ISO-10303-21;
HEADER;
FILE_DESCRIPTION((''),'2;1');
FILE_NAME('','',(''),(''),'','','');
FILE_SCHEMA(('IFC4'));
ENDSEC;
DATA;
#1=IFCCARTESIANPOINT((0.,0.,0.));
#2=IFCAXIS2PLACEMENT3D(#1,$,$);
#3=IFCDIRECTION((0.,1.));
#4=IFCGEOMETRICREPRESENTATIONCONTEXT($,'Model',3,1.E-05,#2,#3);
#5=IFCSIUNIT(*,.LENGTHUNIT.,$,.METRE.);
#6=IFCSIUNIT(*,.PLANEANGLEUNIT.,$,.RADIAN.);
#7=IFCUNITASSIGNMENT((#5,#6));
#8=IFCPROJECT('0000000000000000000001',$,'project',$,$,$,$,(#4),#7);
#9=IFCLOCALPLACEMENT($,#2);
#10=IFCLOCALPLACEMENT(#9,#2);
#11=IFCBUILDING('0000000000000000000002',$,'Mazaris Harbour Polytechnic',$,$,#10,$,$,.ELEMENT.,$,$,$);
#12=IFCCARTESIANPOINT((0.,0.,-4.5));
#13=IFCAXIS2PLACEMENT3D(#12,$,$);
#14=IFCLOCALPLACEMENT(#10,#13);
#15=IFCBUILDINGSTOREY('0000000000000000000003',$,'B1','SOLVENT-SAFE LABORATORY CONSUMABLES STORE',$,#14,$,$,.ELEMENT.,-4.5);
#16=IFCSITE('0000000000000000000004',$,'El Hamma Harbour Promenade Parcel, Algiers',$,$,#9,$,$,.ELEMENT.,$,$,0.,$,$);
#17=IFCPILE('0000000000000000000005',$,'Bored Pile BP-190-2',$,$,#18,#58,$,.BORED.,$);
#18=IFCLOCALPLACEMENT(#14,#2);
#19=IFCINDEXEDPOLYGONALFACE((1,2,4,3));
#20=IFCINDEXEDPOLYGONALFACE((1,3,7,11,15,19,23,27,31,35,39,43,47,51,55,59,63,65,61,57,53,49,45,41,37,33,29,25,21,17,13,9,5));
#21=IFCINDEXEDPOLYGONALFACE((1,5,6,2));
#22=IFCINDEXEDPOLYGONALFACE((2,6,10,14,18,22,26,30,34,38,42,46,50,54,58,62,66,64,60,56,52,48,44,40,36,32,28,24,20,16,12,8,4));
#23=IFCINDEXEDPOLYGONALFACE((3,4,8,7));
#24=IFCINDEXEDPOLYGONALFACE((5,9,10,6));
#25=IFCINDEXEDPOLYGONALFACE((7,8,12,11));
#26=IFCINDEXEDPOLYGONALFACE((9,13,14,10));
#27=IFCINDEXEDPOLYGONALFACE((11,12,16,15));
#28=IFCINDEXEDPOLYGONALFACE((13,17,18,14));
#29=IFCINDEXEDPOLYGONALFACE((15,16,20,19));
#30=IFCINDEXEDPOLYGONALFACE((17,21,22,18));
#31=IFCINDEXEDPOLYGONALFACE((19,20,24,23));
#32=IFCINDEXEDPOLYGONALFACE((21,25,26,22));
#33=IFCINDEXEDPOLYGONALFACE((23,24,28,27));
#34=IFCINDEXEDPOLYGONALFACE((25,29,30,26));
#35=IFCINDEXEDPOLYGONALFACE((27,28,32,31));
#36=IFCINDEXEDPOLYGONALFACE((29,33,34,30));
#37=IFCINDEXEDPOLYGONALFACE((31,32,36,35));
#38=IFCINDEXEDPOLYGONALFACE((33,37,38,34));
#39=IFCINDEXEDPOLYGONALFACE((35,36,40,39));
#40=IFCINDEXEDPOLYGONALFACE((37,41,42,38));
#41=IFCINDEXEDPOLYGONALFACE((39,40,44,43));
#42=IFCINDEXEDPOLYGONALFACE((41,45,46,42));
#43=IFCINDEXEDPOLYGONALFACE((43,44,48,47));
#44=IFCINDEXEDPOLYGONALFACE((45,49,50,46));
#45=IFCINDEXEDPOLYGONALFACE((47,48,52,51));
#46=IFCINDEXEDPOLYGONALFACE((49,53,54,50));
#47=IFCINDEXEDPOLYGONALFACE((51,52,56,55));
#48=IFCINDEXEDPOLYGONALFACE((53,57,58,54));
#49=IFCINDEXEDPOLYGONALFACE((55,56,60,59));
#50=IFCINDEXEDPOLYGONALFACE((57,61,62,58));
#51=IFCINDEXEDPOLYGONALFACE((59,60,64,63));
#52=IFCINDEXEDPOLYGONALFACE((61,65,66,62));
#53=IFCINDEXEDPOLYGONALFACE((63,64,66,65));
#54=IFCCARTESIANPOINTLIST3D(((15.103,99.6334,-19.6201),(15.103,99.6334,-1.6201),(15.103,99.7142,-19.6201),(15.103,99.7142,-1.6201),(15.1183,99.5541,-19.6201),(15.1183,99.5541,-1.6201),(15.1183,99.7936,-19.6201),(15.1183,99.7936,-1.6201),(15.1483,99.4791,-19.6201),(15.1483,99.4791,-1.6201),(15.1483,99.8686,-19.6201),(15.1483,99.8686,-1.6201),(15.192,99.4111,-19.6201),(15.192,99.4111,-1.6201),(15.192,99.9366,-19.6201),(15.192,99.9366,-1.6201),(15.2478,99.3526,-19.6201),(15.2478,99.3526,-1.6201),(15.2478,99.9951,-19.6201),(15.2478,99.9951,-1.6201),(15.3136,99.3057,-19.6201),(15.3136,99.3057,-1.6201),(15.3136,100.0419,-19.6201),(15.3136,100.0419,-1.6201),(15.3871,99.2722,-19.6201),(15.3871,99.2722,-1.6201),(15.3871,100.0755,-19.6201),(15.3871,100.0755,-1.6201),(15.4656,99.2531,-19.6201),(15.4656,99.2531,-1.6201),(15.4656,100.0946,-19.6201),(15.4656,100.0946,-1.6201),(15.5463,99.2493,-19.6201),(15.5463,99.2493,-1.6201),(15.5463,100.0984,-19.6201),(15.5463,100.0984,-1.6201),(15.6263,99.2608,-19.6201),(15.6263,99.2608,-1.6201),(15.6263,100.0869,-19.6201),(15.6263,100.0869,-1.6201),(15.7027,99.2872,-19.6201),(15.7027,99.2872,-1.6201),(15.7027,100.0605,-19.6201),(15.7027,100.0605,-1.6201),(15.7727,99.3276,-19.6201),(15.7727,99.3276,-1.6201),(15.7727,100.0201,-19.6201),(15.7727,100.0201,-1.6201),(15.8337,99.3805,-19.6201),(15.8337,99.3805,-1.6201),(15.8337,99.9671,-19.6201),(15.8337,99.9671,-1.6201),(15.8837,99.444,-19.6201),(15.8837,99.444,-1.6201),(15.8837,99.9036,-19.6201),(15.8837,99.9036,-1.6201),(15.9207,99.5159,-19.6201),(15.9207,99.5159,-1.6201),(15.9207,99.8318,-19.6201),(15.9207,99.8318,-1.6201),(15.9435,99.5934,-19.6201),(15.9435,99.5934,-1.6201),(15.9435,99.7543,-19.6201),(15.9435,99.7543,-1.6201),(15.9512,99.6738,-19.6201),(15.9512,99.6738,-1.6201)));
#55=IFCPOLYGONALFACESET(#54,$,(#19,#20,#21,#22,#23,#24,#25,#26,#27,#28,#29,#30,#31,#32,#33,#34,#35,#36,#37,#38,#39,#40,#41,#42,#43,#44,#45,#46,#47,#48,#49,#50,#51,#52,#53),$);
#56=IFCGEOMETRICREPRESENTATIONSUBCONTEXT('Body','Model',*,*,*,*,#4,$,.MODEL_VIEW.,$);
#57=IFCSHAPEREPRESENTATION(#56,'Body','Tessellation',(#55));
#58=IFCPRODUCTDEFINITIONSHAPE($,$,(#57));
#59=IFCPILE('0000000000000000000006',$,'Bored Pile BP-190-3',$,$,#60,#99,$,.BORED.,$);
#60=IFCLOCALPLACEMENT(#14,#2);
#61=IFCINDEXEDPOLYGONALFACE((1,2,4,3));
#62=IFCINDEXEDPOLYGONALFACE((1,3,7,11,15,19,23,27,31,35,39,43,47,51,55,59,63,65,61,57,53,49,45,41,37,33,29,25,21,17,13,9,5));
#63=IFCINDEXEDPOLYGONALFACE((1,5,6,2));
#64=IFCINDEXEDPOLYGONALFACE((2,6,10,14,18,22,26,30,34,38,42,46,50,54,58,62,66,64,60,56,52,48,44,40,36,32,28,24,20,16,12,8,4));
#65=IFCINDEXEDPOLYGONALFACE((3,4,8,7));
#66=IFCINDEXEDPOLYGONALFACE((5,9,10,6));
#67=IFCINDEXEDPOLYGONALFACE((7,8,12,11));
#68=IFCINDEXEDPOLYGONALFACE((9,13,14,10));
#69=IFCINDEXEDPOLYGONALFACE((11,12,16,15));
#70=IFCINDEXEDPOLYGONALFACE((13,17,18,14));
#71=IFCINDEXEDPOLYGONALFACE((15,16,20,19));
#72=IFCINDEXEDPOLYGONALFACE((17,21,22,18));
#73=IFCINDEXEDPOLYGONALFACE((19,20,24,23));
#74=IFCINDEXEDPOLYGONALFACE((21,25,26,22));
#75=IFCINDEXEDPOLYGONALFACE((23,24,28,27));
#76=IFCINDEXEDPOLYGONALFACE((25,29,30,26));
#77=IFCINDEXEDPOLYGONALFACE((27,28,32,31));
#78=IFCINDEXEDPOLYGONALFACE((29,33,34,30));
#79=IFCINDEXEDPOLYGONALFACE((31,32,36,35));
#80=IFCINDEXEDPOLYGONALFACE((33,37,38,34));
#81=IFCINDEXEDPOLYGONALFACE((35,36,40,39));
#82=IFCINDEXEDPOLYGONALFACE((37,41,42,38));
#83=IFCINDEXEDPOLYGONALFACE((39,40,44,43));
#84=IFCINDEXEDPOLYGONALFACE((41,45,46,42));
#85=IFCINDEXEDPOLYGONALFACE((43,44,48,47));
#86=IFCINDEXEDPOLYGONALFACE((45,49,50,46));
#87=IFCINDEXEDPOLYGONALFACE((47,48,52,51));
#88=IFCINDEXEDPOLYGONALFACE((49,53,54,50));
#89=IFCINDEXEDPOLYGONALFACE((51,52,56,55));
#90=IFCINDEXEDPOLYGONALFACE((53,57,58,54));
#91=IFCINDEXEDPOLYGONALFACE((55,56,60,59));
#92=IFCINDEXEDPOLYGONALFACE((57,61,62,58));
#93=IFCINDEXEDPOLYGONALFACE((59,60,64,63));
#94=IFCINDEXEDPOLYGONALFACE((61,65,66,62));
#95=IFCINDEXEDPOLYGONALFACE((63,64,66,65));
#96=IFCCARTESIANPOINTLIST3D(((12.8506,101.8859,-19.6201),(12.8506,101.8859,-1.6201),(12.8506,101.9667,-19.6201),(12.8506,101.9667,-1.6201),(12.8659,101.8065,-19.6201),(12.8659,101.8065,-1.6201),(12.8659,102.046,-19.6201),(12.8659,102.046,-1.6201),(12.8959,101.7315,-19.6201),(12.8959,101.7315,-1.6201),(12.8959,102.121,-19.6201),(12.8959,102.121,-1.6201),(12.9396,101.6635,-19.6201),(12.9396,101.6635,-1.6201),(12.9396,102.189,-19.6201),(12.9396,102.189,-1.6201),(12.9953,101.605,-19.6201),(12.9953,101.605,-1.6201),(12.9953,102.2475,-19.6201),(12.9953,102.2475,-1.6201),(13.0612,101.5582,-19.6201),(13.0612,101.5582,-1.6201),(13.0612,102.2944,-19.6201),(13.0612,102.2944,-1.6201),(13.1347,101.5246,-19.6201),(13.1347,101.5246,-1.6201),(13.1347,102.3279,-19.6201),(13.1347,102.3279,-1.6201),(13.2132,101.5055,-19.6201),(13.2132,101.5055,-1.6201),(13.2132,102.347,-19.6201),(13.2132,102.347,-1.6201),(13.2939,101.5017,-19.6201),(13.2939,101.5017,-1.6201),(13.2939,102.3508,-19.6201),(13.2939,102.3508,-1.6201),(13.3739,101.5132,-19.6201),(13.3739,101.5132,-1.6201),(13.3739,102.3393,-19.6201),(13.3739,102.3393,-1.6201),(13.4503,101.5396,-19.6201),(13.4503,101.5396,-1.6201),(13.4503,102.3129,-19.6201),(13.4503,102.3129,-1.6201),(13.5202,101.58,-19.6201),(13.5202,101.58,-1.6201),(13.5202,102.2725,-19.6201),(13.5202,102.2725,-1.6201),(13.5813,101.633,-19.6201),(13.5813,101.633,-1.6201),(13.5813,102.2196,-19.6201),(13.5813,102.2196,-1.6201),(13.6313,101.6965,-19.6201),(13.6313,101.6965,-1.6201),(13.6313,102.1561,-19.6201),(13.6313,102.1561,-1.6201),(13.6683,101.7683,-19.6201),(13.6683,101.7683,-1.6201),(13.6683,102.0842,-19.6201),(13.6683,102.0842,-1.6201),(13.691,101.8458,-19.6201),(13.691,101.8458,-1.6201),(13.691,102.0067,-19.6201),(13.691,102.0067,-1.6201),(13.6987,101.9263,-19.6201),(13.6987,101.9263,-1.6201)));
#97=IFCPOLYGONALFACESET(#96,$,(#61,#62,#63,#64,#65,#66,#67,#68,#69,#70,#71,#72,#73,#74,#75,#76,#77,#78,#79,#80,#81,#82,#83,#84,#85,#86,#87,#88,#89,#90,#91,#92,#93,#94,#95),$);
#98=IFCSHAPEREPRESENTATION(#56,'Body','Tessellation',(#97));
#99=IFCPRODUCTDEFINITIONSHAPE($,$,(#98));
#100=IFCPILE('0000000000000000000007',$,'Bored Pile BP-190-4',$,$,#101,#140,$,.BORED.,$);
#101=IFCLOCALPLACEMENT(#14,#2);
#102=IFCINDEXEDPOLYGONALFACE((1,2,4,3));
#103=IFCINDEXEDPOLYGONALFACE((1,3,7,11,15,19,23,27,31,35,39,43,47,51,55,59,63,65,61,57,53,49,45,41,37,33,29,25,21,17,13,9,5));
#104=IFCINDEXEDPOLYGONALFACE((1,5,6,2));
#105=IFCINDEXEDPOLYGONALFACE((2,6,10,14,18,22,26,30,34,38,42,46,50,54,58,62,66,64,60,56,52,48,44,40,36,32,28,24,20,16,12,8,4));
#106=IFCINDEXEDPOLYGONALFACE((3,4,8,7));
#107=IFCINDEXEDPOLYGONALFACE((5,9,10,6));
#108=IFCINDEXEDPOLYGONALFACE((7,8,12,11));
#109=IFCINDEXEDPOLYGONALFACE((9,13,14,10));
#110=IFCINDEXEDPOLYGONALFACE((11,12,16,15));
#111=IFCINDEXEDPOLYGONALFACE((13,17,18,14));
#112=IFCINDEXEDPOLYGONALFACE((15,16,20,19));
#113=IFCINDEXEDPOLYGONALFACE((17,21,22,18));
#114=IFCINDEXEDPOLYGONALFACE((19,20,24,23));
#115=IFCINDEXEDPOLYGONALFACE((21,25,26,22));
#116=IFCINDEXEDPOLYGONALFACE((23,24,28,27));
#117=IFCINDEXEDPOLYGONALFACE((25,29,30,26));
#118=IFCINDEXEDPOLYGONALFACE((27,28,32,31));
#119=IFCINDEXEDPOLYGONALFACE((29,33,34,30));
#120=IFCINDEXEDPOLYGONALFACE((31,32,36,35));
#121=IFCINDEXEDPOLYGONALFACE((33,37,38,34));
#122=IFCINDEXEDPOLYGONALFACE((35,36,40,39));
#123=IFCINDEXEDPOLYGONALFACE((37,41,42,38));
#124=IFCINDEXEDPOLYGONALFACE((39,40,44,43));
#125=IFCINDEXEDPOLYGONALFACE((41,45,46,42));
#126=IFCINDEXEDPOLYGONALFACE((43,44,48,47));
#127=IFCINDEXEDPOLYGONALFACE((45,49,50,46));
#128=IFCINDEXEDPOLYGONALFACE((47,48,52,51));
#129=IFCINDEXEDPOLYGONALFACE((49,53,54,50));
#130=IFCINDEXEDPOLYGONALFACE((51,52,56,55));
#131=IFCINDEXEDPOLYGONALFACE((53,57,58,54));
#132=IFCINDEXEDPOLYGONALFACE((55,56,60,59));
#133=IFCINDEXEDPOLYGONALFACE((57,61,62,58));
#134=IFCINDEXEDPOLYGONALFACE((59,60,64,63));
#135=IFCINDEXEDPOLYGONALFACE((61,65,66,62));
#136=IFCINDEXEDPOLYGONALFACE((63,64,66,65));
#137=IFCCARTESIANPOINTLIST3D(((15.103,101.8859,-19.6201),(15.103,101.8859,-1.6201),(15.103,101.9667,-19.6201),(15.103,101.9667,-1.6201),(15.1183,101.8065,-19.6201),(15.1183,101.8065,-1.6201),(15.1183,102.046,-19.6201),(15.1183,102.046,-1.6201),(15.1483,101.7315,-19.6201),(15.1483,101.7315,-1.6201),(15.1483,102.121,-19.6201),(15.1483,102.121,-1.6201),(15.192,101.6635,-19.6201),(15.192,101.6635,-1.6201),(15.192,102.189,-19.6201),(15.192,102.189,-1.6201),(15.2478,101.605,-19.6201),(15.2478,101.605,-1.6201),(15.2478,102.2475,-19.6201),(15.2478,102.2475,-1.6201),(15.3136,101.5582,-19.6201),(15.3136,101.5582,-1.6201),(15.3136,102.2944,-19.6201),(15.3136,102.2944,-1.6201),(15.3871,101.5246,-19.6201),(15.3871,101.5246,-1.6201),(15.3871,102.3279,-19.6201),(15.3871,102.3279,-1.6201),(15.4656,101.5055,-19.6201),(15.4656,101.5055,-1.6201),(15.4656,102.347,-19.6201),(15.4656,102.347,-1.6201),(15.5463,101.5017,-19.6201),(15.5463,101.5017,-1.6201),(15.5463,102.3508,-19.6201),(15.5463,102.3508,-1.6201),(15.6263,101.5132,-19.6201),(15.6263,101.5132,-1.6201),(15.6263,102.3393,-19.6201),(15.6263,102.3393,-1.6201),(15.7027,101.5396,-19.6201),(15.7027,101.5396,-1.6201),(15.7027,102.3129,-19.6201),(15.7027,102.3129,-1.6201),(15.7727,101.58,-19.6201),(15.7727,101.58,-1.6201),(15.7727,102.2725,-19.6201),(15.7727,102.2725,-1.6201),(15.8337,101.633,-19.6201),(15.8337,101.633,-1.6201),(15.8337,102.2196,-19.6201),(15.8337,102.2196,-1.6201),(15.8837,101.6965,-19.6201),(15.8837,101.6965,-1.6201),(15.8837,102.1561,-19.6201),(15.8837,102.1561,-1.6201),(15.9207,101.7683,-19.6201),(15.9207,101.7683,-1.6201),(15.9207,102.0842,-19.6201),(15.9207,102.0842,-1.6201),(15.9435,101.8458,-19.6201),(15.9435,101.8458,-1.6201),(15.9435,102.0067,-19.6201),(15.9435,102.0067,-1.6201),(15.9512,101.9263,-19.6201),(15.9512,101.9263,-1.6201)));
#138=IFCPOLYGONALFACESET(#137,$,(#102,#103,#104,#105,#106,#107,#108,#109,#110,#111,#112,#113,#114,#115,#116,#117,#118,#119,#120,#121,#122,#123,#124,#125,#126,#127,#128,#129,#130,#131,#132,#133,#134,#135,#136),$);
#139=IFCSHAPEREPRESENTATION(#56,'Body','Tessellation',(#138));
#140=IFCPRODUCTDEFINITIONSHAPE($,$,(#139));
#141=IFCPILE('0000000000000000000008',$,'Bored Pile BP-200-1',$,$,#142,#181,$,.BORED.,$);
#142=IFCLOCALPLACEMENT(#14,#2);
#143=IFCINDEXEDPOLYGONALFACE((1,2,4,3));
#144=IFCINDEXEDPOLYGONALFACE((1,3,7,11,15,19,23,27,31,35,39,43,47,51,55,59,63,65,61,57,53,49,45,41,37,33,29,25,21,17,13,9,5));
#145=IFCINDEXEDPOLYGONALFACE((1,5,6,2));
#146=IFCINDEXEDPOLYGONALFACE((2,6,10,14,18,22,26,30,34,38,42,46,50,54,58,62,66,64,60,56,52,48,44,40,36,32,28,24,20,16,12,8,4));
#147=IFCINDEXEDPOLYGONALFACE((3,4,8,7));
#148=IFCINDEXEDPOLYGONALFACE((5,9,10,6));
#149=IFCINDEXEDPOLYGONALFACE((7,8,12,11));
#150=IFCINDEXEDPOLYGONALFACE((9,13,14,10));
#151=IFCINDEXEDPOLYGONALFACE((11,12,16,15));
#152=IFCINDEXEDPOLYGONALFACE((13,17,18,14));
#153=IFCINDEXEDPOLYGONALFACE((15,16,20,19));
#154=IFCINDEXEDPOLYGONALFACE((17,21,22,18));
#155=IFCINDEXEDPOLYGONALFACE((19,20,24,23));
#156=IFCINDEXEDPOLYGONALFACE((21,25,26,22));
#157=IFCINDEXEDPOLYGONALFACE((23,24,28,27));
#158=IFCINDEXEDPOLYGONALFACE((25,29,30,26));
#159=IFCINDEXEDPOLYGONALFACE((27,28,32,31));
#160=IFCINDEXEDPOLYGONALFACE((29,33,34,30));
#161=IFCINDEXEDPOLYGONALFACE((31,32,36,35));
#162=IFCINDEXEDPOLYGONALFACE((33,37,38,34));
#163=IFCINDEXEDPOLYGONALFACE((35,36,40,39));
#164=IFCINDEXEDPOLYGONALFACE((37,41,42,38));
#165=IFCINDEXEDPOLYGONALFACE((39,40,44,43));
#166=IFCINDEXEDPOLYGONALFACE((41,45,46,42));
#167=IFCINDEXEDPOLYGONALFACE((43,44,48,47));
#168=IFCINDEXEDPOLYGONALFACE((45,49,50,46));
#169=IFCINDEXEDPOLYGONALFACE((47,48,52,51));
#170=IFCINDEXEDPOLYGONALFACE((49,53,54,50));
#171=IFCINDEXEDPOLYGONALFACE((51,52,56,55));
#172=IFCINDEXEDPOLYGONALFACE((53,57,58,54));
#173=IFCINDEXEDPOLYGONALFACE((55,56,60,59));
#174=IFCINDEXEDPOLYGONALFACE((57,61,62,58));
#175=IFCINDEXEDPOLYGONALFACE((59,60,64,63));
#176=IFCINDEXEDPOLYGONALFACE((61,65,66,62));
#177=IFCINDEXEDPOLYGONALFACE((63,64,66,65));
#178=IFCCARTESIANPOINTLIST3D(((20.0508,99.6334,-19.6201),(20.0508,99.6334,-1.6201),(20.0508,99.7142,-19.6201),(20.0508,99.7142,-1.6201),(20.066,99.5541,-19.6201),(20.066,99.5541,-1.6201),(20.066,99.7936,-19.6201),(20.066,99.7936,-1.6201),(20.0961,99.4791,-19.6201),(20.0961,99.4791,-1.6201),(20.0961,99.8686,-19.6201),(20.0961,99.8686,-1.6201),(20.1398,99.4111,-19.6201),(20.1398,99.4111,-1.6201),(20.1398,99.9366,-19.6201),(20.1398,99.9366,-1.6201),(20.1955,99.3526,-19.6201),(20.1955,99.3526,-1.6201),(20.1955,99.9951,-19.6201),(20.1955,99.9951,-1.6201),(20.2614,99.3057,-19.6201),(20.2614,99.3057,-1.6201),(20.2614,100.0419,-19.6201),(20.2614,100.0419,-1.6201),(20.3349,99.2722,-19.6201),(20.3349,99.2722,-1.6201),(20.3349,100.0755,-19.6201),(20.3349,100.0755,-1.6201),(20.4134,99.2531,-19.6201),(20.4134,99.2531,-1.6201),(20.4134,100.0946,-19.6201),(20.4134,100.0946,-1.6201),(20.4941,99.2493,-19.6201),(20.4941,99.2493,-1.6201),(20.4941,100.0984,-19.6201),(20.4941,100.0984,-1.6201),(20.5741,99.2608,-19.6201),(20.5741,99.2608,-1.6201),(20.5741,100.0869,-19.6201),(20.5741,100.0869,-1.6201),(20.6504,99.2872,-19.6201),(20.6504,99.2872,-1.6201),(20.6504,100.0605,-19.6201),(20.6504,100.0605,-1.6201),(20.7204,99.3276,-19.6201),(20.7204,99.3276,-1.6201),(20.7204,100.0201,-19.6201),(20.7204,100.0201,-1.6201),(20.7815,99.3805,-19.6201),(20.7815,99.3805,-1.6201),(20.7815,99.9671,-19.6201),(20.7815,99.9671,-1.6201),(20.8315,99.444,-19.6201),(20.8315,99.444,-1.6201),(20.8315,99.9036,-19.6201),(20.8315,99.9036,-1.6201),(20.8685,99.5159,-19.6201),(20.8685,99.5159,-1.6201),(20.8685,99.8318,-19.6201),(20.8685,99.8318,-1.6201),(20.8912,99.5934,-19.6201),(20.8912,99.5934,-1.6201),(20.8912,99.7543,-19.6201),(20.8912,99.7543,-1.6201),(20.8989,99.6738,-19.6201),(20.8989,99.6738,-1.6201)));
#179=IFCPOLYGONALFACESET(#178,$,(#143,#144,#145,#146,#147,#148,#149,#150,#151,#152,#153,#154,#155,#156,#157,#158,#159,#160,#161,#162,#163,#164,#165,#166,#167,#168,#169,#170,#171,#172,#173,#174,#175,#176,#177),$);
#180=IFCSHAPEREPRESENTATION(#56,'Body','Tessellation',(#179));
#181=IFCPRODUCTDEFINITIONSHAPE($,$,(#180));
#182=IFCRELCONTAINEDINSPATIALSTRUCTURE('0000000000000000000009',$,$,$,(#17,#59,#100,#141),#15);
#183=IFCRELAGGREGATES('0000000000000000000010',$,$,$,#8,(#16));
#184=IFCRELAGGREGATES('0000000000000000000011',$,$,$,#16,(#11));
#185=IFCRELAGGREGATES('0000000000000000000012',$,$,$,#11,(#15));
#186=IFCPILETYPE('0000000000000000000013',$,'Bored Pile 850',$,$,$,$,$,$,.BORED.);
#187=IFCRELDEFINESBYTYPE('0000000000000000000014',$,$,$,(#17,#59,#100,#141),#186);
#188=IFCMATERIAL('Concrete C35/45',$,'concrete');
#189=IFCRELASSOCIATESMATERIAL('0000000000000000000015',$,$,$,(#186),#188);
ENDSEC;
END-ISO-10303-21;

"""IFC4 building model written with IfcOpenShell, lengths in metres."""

from ifc_helpers import new_model, si_unit, direction, frame, origin, origin_2d, place, context, subcontext, project, spatial, circle, extrude, material, material_profile, profile_set, type_object, element, save


model = new_model("IFC4")

# Units and contexts
model_context = context("Model", 3, precision=1e-05, world=origin(), true_north=direction((0.0, 1.0)))
body_context = subcontext(model_context, "Body", "Model", "MODEL_VIEW")
ifc_project = project(units=[si_unit("LENGTHUNIT", "METRE"), si_unit("PLANEANGLEUNIT", "RADIAN")], contexts=[model_context])

# Site, building, storey
site_placement = place(None, origin())
site = spatial("IfcSite", under=ifc_project, at=site_placement, Name="El Hamma Harbour Promenade Parcel, Algiers", CompositionType="ELEMENT", RefElevation=0.0)
building_placement = place(site_placement, origin())
building = spatial("IfcBuilding", under=site, at=building_placement, Name="Mazaris Harbour Polytechnic", CompositionType="ELEMENT")
storey_placement = place(building_placement, frame((0.0, 0.0, -4.5)))
storey = spatial("IfcBuildingStorey", under=building, at=storey_placement, Name="B1", Description="SOLVENT-SAFE LABORATORY CONSUMABLES STORE", CompositionType="ELEMENT", Elevation=-4.5)

# Piles
ifc_material_1 = material(Name="Concrete C35/45", Category="concrete")
ifc_material_profile_1 = material_profile(ifc_material_1, circle(Radius=0.425, at=origin_2d()), Name="DIA850")
ifc_profile_set_1 = profile_set([ifc_material_profile_1], Name="Concrete C35/45")
pile_type_1 = type_object("IfcPileType", Name="Bored Pile 850", PredefinedType="BORED", material=ifc_profile_set_1)
for number, where, z_axis, x_axis, name in (
    (1, (15.5261, 99.6738, -1.6201), (0.0, 0.0, -1.0), (1.0, 0.0, 0.0), "Bored Pile BP-190-2"),
    (2, (13.2737, 101.9263, -1.6201), (0.0, 0.0, -1.0), (1.0, 0.0, 0.0), "Bored Pile BP-190-3"),
    (3, (15.5261, 101.9263, -1.6201), (0.0, 0.0, -1.0), (1.0, 0.0, 0.0), "Bored Pile BP-190-4"),
    (4, (20.4739, 99.6738, -1.6201), (0.0, 0.0, -1.0), (1.0, 0.0, 0.0), "Bored Pile BP-200-1"),
):
    element("IfcPile", number, at=place(storey_placement, frame(where, z_axis=z_axis, x_axis=x_axis)), inside=storey, type_object=pile_type_1, Name=name, PredefinedType="BORED", context=body_context, shape_type="SweptSolid", body=[
        extrude(circle(Radius=0.425, at=origin_2d()), origin(), (0.0, 0.0, 1.0), 18.0),
    ])

save(model, "model.ifc")
